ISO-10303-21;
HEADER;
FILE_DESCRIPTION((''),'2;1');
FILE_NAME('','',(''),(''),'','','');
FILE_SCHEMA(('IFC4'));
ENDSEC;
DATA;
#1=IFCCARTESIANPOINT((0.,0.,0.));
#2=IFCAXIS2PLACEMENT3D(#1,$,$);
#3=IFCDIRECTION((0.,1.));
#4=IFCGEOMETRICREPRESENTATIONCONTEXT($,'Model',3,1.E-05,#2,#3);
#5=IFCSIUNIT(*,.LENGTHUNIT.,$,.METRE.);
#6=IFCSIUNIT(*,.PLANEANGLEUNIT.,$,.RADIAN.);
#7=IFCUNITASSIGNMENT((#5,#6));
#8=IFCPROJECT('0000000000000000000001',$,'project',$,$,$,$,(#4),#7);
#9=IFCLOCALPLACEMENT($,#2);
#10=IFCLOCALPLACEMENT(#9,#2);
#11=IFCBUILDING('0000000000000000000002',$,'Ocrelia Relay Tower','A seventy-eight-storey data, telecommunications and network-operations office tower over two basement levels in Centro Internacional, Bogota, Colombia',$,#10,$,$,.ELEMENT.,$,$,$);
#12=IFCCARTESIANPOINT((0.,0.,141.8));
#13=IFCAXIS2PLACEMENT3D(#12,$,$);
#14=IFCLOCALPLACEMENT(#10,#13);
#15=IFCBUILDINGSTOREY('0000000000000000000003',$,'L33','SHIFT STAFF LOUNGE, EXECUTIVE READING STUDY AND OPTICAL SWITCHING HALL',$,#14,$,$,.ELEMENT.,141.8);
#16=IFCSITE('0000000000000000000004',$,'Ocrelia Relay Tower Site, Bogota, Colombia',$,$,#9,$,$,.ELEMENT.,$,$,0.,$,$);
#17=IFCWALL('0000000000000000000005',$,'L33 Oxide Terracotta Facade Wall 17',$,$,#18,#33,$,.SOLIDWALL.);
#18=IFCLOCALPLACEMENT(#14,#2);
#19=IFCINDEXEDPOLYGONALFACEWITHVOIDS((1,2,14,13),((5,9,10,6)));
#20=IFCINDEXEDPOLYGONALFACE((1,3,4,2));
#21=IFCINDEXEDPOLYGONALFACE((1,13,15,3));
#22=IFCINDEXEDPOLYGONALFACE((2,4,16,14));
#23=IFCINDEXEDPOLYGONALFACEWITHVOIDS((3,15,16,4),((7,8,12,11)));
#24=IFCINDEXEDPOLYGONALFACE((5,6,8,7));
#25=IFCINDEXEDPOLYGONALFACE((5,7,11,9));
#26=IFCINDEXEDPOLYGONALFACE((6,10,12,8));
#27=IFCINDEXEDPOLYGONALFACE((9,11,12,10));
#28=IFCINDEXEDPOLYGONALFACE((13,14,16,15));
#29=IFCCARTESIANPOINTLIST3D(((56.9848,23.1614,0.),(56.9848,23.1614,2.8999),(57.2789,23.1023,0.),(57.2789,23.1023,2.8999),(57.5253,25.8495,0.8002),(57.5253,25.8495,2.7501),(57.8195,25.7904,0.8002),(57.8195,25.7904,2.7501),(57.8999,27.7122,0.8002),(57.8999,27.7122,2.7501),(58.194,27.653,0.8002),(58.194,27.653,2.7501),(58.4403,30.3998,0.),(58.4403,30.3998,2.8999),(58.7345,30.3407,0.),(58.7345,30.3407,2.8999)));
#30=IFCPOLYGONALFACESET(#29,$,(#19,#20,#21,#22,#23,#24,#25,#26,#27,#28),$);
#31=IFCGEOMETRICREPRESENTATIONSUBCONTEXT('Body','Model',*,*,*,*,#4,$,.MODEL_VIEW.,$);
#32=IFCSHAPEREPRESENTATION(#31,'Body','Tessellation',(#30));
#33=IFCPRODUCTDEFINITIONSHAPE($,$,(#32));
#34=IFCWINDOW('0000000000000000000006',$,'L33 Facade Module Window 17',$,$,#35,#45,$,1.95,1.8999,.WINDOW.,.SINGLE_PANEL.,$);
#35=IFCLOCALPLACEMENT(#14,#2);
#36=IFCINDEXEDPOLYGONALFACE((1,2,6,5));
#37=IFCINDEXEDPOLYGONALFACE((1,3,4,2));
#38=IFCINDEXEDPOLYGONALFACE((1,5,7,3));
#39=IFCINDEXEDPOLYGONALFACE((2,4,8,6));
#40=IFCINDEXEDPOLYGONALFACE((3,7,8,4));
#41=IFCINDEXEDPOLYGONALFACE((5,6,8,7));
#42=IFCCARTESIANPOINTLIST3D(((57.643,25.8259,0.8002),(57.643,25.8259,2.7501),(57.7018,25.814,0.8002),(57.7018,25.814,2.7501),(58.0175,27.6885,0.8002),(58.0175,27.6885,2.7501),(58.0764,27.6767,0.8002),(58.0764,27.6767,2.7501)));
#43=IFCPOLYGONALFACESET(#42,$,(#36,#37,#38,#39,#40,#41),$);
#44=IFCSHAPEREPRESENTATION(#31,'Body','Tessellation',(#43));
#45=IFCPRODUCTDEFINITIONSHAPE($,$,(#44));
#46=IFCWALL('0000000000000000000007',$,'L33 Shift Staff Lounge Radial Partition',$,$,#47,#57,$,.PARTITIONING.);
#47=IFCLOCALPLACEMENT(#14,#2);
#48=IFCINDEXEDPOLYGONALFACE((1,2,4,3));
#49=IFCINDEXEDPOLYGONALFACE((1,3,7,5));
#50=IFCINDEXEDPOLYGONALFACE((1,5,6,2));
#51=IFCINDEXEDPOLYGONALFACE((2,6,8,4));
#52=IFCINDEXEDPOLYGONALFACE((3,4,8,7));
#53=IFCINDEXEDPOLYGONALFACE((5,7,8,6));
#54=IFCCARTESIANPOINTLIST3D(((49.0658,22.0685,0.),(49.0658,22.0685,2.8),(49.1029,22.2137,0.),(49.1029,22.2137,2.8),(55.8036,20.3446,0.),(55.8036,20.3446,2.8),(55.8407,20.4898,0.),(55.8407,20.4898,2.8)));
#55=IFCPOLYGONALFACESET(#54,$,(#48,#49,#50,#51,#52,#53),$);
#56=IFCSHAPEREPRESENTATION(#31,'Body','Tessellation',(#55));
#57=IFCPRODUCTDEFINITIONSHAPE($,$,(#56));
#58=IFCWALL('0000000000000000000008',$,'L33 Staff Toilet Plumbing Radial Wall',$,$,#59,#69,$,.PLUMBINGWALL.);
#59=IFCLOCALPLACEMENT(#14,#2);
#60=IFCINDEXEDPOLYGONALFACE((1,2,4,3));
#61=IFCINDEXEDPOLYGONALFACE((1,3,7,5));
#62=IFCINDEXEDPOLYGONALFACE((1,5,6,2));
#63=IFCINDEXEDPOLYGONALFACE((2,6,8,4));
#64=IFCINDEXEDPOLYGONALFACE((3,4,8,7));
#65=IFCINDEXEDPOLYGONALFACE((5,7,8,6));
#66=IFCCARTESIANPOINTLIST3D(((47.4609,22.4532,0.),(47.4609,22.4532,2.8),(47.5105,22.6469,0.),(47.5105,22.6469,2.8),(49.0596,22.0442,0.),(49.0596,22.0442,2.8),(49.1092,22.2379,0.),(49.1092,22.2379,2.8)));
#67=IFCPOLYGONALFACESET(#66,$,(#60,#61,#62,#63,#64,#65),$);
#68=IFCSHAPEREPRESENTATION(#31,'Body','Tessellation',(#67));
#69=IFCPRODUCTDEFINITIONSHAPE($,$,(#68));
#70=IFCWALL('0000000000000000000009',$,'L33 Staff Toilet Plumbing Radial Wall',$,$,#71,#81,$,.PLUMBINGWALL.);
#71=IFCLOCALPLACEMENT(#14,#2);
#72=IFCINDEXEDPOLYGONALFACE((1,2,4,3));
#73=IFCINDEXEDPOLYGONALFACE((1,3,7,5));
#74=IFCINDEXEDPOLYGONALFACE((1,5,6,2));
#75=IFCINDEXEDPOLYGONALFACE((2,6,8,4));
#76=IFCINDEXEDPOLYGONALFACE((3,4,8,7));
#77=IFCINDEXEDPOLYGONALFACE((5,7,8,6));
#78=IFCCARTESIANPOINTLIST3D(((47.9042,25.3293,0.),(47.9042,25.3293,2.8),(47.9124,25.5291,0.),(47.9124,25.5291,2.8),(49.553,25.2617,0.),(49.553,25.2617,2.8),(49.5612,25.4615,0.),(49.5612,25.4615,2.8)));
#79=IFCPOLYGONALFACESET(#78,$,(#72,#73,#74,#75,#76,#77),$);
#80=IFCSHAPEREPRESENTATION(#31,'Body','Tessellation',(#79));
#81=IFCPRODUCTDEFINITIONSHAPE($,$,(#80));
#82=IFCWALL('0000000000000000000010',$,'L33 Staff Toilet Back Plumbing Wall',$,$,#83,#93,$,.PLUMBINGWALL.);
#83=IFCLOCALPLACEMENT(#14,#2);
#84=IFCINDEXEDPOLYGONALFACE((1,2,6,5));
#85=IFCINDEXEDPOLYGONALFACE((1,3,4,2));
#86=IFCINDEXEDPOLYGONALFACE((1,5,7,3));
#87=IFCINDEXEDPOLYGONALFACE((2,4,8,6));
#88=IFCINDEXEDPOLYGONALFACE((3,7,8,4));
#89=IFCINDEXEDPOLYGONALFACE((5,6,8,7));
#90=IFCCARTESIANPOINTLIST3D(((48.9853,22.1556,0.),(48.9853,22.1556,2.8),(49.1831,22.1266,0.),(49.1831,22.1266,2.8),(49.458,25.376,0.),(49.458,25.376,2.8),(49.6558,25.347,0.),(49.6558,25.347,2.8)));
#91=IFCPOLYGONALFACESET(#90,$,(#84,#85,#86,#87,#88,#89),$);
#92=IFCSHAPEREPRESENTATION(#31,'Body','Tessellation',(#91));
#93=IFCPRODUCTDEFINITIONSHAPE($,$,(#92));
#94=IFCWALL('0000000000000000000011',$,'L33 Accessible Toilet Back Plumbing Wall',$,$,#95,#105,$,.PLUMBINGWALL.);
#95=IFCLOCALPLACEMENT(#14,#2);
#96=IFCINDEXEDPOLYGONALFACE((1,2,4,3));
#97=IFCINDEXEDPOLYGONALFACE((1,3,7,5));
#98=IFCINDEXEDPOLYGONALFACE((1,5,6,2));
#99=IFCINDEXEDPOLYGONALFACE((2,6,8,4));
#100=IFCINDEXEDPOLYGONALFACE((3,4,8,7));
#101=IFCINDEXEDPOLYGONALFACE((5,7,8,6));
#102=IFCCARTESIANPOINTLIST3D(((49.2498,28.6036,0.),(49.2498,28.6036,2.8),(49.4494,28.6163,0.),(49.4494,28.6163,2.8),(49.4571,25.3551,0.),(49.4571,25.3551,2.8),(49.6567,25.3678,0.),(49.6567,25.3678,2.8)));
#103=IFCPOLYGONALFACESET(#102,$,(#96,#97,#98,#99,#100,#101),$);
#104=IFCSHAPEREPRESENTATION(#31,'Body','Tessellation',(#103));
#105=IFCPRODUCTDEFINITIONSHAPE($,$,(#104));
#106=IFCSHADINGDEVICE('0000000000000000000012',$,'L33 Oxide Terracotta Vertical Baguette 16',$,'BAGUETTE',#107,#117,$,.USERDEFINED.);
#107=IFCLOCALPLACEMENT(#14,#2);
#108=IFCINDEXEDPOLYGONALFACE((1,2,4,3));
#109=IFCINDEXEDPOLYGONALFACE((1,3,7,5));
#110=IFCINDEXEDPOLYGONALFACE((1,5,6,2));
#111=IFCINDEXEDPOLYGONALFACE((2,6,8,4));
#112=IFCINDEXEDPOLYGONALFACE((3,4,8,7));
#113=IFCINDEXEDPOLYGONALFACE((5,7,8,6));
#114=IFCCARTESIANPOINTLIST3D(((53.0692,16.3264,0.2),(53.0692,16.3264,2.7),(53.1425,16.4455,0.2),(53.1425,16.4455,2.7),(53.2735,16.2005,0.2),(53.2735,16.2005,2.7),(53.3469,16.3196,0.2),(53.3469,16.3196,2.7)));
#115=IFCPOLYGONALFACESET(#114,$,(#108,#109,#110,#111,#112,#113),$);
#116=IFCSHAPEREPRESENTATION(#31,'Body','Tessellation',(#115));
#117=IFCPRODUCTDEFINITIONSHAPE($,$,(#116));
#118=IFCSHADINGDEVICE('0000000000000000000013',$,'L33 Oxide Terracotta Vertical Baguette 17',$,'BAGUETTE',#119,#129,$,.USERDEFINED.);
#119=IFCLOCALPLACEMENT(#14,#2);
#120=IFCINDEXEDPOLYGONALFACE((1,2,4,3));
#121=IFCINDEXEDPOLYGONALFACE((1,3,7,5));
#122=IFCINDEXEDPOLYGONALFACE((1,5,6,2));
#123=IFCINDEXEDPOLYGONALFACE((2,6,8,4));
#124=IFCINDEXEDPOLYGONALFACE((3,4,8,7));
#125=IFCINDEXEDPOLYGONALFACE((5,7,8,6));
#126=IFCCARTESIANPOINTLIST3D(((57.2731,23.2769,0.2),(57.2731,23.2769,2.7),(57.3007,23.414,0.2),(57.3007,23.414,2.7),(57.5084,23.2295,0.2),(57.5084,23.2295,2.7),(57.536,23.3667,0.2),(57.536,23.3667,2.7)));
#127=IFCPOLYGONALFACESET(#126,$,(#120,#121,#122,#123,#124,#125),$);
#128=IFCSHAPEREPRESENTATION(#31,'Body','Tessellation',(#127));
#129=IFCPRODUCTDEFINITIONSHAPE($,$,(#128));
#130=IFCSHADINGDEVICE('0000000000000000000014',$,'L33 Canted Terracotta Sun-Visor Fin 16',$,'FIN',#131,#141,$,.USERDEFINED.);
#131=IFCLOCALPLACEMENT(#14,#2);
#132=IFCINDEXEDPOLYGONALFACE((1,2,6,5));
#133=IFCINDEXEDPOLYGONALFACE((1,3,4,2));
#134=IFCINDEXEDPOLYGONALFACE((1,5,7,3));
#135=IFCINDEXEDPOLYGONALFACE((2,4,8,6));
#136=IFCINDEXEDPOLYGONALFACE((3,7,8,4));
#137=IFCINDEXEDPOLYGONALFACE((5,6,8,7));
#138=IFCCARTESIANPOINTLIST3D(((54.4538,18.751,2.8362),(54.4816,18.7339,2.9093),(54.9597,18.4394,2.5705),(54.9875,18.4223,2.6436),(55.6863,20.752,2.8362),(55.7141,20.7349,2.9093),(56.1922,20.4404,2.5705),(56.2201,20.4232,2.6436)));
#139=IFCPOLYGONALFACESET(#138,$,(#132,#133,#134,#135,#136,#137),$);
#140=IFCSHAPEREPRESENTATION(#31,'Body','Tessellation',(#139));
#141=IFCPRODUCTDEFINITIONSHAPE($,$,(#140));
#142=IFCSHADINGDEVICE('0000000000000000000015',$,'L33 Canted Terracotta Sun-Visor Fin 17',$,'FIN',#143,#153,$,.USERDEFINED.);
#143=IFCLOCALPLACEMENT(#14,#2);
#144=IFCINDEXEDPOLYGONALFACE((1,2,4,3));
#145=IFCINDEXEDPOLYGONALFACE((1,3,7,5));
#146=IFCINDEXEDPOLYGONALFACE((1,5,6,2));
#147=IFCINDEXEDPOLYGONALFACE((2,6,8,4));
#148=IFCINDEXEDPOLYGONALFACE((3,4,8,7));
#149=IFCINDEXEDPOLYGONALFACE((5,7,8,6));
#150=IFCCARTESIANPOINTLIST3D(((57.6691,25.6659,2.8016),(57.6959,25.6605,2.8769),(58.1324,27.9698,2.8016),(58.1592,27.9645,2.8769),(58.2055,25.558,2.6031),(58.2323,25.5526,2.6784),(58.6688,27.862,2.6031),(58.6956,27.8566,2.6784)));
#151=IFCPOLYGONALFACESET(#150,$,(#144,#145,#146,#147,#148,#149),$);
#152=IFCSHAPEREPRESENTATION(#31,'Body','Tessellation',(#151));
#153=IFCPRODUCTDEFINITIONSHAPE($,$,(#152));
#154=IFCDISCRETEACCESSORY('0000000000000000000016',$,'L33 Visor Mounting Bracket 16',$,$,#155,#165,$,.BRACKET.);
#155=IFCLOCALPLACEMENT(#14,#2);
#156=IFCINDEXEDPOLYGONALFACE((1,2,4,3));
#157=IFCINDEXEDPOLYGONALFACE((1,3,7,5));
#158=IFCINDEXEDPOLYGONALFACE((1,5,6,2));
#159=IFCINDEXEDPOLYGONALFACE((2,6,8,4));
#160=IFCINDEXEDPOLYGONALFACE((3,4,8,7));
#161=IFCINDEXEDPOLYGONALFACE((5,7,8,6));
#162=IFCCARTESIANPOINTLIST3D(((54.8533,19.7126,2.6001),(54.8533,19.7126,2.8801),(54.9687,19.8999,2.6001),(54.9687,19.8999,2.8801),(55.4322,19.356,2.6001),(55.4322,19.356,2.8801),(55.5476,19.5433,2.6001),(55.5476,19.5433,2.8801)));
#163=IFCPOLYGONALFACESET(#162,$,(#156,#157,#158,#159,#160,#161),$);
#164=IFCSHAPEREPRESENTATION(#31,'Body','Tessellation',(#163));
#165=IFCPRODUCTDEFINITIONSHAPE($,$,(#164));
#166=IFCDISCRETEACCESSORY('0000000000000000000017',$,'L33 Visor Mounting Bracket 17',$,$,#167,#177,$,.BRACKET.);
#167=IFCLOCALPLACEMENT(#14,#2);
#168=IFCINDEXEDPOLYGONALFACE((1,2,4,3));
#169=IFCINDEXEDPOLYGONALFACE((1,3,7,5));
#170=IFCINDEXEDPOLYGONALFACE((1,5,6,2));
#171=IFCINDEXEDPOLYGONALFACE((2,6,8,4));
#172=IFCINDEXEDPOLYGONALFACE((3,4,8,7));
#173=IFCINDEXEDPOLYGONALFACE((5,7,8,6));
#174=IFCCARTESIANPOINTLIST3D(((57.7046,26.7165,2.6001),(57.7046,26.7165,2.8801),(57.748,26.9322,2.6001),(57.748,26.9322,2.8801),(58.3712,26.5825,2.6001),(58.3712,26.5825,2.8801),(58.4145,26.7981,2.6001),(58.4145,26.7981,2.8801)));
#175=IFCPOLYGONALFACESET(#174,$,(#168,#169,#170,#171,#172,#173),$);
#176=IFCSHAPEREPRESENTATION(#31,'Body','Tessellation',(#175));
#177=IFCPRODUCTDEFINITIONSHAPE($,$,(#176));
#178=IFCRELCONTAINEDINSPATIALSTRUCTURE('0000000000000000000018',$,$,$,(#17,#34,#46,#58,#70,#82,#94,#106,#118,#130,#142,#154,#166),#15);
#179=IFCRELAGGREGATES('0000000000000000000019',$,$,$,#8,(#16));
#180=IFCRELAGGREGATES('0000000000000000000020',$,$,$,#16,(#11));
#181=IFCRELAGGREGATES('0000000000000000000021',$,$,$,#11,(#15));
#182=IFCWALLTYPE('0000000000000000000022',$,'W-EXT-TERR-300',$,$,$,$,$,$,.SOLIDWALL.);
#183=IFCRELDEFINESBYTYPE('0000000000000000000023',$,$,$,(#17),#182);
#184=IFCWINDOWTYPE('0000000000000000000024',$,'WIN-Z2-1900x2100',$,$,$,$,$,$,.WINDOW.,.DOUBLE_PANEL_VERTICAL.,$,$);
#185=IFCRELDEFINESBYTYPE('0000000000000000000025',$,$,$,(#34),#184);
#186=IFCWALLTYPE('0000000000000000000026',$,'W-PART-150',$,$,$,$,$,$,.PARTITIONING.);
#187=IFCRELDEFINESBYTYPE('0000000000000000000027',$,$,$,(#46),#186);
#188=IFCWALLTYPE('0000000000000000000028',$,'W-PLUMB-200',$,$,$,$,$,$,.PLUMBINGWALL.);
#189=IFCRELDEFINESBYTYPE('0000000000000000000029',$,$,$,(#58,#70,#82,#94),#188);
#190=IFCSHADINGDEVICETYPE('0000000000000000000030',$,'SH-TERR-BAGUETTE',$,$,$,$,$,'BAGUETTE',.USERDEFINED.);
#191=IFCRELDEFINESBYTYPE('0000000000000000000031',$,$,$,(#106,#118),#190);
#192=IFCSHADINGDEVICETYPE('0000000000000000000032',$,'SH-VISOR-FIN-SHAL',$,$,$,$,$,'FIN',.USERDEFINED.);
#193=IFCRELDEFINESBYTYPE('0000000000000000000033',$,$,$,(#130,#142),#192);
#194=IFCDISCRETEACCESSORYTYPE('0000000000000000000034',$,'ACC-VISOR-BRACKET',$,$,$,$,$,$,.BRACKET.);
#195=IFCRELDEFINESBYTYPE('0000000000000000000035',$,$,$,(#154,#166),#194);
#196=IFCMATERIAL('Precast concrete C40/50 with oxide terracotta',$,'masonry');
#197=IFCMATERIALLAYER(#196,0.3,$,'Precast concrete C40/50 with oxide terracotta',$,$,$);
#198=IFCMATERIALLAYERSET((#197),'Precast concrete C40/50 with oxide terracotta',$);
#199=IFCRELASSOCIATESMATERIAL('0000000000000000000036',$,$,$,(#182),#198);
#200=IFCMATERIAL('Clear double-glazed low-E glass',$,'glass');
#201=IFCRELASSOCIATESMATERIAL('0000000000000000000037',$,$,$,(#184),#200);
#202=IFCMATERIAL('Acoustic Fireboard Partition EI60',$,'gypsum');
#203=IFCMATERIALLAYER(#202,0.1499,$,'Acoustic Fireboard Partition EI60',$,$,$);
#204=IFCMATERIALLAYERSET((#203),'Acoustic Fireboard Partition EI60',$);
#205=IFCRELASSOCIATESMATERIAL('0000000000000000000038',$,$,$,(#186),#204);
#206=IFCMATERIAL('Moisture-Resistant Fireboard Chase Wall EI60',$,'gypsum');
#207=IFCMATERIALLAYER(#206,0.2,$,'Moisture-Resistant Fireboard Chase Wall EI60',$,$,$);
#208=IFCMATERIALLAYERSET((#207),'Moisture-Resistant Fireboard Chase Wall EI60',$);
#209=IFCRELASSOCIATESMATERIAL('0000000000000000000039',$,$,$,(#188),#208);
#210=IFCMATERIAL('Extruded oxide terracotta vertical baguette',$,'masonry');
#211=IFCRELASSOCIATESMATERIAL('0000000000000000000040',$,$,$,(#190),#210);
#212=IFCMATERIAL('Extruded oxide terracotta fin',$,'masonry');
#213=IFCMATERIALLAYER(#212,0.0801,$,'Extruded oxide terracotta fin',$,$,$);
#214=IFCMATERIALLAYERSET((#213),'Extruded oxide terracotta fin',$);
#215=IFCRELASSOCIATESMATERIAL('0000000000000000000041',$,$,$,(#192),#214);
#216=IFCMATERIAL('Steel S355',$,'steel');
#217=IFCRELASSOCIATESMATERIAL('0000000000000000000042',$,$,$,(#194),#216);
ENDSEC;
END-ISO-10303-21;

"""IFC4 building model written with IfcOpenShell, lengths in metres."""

from ifc_helpers import new_model, si_unit, direction, frame, frame_2d, origin, origin_2d, place, context, subcontext, project, spatial, rectangle, extrude, material, layer, layer_set, type_object, element, fill, save


model = new_model("IFC4")

# Units and contexts
model_context = context("Model", 3, precision=1e-05, world=origin(), true_north=direction((0.0, 1.0)))
body_context = subcontext(model_context, "Body", "Model", "MODEL_VIEW")
ifc_project = project(units=[si_unit("LENGTHUNIT", "METRE"), si_unit("PLANEANGLEUNIT", "RADIAN")], contexts=[model_context])

# Site, building, storey
site_placement = place(None, origin())
site = spatial("IfcSite", under=ifc_project, at=site_placement, Name="Ocrelia Relay Tower Site, Bogota, Colombia", CompositionType="ELEMENT", RefElevation=0.0)
building_placement = place(site_placement, origin())
building = spatial("IfcBuilding", under=site, at=building_placement, Name="Ocrelia Relay Tower", Description="A seventy-eight-storey data, telecommunications and network-operations office tower over two basement levels in Centro Internacional, Bogota, Colombia", CompositionType="ELEMENT")
storey_placement = place(building_placement, frame((0.0, 0.0, 141.8)))
storey = spatial("IfcBuildingStorey", under=building, at=storey_placement, Name="L33", Description="SHIFT STAFF LOUNGE, EXECUTIVE READING STUDY AND OPTICAL SWITCHING HALL", CompositionType="ELEMENT", Elevation=141.8)

# Shared definitions
ifc_material_1 = material(Name="Steel S355", Category="steel")

# Wall, opening, window
ifc_material_2 = material(Name="Precast concrete C40/50 with oxide terracotta", Category="masonry")
ifc_layer_1 = layer(ifc_material_2, 0.3, Name="Precast concrete C40/50 with oxide terracotta")
ifc_layer_set_1 = layer_set([ifc_layer_1], Name="Precast concrete C40/50 with oxide terracotta")
wall_type_1 = type_object("IfcWallType", Name="W-EXT-TERR-300", PredefinedType="SOLIDWALL", material=ifc_layer_set_1)
wall_1_placement = place(storey_placement, frame((57.1318, 23.1318, 0.0), z_axis=(0.0, 0.0, 1.0), x_axis=(0.197146, 0.980374, 0.0)))
wall_1 = element("IfcWall", 1, at=wall_1_placement, inside=storey, type_object=wall_type_1, Name="L33 Oxide Terracotta Facade Wall 17", PredefinedType="SOLIDWALL", context=body_context, shape_type="SweptSolid", body=[
    extrude(rectangle(XDim=7.3833, YDim=0.3, at=frame_2d((3.6917, 0.0))), origin(), (0.0, 0.0, 1.0), 2.8999),
])
opening_1_placement = place(wall_1_placement, frame((2.7419, 0.0, 0.8)))
opening_1 = element("IfcOpeningElement", 2, at=opening_1_placement, cuts=wall_1, PredefinedType="OPENING", context=body_context, shape_type="SweptSolid", body=[
    extrude(rectangle(XDim=1.8999, YDim=1.95, at=frame_2d((0.95, 0.9751))), frame((0.0, 0.1602, 0.0), z_axis=(0.0, -1.0, 0.0), x_axis=(1.0, 0.0, 0.0)), (0.0, 0.0, 1.0), 0.3201),
])
ifc_material_3 = material(Name="Clear double-glazed low-E glass", Category="glass")
window_type = type_object("IfcWindowType", Name="WIN-Z2-1900x2100", PartitioningType="DOUBLE_PANEL_VERTICAL", PredefinedType="WINDOW", material=ifc_material_3)
window_placement = place(opening_1_placement, origin())
window = element("IfcWindow", 3, at=window_placement, inside=storey, type_object=window_type, Name="L33 Facade Module Window 17", OverallHeight=1.95, OverallWidth=1.8999, PartitioningType="SINGLE_PANEL", PredefinedType="WINDOW", context=body_context, shape_type="SweptSolid", body=[
    extrude(rectangle(XDim=1.8999, YDim=1.95, at=frame_2d((0.95, 0.9751))), frame((0.0, 0.03, 0.0), z_axis=(0.0, -1.0, 0.0), x_axis=(1.0, 0.0, 0.0)), (0.0, 0.0, 1.0), 0.0601),
])
fill(opening_1, window)

# Walls
ifc_material_4 = material(Name="Acoustic Fireboard Partition EI60", Category="gypsum")
ifc_layer_2 = layer(ifc_material_4, 0.1499, Name="Acoustic Fireboard Partition EI60")
ifc_layer_set_2 = layer_set([ifc_layer_2], Name="Acoustic Fireboard Partition EI60")
wall_type_2 = type_object("IfcWallType", Name="W-PART-150", PredefinedType="PARTITIONING", material=ifc_layer_set_2)
wall_2_placement = place(storey_placement, frame((49.0842, 22.1411, 0.0), z_axis=(0.0, 0.0, 1.0), x_axis=(0.968794, -0.247868, 0.0)))
element("IfcWall", 4, at=wall_2_placement, inside=storey, type_object=wall_type_2, Name="L33 Shift Staff Lounge Radial Partition", PredefinedType="PARTITIONING", context=body_context, shape_type="SweptSolid", body=[
    extrude(rectangle(XDim=6.9548, YDim=0.1499, at=frame_2d((3.4775, 0.0))), origin(), (0.0, 0.0, 1.0), 2.8),
])
ifc_material_5 = material(Name="Moisture-Resistant Fireboard Chase Wall EI60", Category="gypsum")
ifc_layer_3 = layer(ifc_material_5, 0.2, Name="Moisture-Resistant Fireboard Chase Wall EI60")
ifc_layer_set_3 = layer_set([ifc_layer_3], Name="Moisture-Resistant Fireboard Chase Wall EI60")
wall_type_3 = type_object("IfcWallType", Name="W-PLUMB-200", PredefinedType="PLUMBINGWALL", material=ifc_layer_set_3)
for number, where, z_axis, x_axis, name in (
    (5, (47.4856, 22.55, 0.0), (0.0, 0.0, 1.0), (0.968805, -0.247824, 0.0), "L33 Staff Toilet Plumbing Radial Wall"),
    (6, (47.9082, 25.4292, 0.0), (0.0, 0.0, 1.0), (0.99916, -0.040984, 0.0), "L33 Staff Toilet Plumbing Radial Wall"),
):
    element("IfcWall", number, at=place(storey_placement, frame(where, z_axis=z_axis, x_axis=x_axis)), inside=storey, type_object=wall_type_3, Name=name, PredefinedType="PLUMBINGWALL", context=body_context, shape_type="SweptSolid", body=[
        extrude(rectangle(XDim=1.6501, YDim=0.2, at=frame_2d((0.8252, 0.0))), origin(), (0.0, 0.0, 1.0), 2.8),
    ])
wall_3_placement = place(storey_placement, frame((49.0842, 22.1411, 0.0), z_axis=(0.0, 0.0, 1.0), x_axis=(0.145211, 0.989401, 0.0)))
element("IfcWall", 7, at=wall_3_placement, inside=storey, type_object=wall_type_3, Name="L33 Staff Toilet Back Plumbing Wall", PredefinedType="PLUMBINGWALL", context=body_context, shape_type="SweptSolid", body=[
    extrude(rectangle(XDim=3.2549, YDim=0.2, at=frame_2d((1.6274, 0.0))), origin(), (0.0, 0.0, 1.0), 2.8),
])
wall_4_placement = place(storey_placement, frame((49.5569, 25.3616, 0.0), z_axis=(0.0, 0.0, 1.0), x_axis=(-0.063676, 0.997971, 0.0)))
element("IfcWall", 8, at=wall_4_placement, inside=storey, type_object=wall_type_3, Name="L33 Accessible Toilet Back Plumbing Wall", PredefinedType="PLUMBINGWALL", context=body_context, shape_type="SweptSolid", body=[
    extrude(rectangle(XDim=3.2551, YDim=0.2, at=frame_2d((1.6274, 0.0))), origin(), (0.0, 0.0, 1.0), 2.8),
])

# Shading devices
ifc_material_6 = material(Name="Extruded oxide terracotta vertical baguette", Category="masonry")
shading_device_type_1 = type_object("IfcShadingDeviceType", Name="SH-TERR-BAGUETTE", ElementType="BAGUETTE", PredefinedType="USERDEFINED", material=ifc_material_6)
for number, where, z_axis, x_axis, name in (
    (9, (53.208, 16.323, 0.2), (0.0, 0.0, 1.0), (0.524467, 0.851431, 0.0), "L33 Oxide Terracotta Vertical Baguette 16"),
    (10, (57.4045, 23.3218, 0.2), (0.0, 0.0, 1.0), (0.197134, 0.980376, 0.0), "L33 Oxide Terracotta Vertical Baguette 17"),
):
    element("IfcShadingDevice", number, at=place(storey_placement, frame(where, z_axis=z_axis, x_axis=x_axis)), inside=storey, type_object=shading_device_type_1, Name=name, ObjectType="BAGUETTE", PredefinedType="USERDEFINED", context=body_context, shape_type="SweptSolid", body=[
        extrude(rectangle(XDim=0.1399, YDim=0.24, at=origin_2d()), origin(), (0.0, 0.0, 1.0), 2.5),
    ])
ifc_material_7 = material(Name="Extruded oxide terracotta fin", Category="masonry")
ifc_layer_4 = layer(ifc_material_7, 0.0801, Name="Extruded oxide terracotta fin")
ifc_layer_set_4 = layer_set([ifc_layer_4], Name="Extruded oxide terracotta fin")
shading_device_type_2 = type_object("IfcShadingDeviceType", Name="SH-VISOR-FIN-SHAL", ElementType="FIN", PredefinedType="USERDEFINED", material=ifc_layer_set_4)
shading_device_1_placement = place(storey_placement, frame((55.323, 19.5957, 2.7034), z_axis=(0.34753, -0.214072, 0.912905), x_axis=(0.524467, 0.851431, 0.0)))
element("IfcShadingDevice", 11, at=shading_device_1_placement, inside=storey, type_object=shading_device_type_2, Name="L33 Canted Terracotta Sun-Visor Fin 16", ObjectType="FIN", PredefinedType="USERDEFINED", context=body_context, shape_type="SweptSolid", body=[
    extrude(rectangle(XDim=2.3501, YDim=0.6509, at=origin_2d()), origin(), (0.0, 0.0, 1.0), 0.0801),
])
shading_device_2_placement = place(storey_placement, frame((58.1689, 26.7639, 2.7024), z_axis=(0.334344, -0.06723, 0.94005), x_axis=(0.197134, 0.980376, 0.0)))
element("IfcShadingDevice", 12, at=shading_device_2_placement, inside=storey, type_object=shading_device_type_2, Name="L33 Canted Terracotta Sun-Visor Fin 17", ObjectType="FIN", PredefinedType="USERDEFINED", context=body_context, shape_type="SweptSolid", body=[
    extrude(rectangle(XDim=2.3501, YDim=0.582, at=origin_2d()), origin(), (0.0, 0.0, 1.0), 0.0801),
])

# Discrete accessories
discrete_accessory_type = type_object("IfcDiscreteAccessoryType", Name="ACC-VISOR-BRACKET", PredefinedType="BRACKET", material=ifc_material_1)
for number, where, z_axis, x_axis, name in (
    (13, (55.2004, 19.6279, 2.6001), (0.0, 0.0, 1.0), (0.524467, 0.851431, 0.0), "L33 Visor Mounting Bracket 16"),
    (14, (58.0596, 26.7573, 2.6001), (0.0, 0.0, 1.0), (0.197134, 0.980376, 0.0), "L33 Visor Mounting Bracket 17"),
):
    element("IfcDiscreteAccessory", number, at=place(storey_placement, frame(where, z_axis=z_axis, x_axis=x_axis)), inside=storey, type_object=discrete_accessory_type, Name=name, PredefinedType="BRACKET", context=body_context, shape_type="SweptSolid", body=[
        extrude(rectangle(XDim=0.22, YDim=0.6799, at=origin_2d()), origin(), (0.0, 0.0, 1.0), 0.28),
    ])

save(model, "model.ifc")
